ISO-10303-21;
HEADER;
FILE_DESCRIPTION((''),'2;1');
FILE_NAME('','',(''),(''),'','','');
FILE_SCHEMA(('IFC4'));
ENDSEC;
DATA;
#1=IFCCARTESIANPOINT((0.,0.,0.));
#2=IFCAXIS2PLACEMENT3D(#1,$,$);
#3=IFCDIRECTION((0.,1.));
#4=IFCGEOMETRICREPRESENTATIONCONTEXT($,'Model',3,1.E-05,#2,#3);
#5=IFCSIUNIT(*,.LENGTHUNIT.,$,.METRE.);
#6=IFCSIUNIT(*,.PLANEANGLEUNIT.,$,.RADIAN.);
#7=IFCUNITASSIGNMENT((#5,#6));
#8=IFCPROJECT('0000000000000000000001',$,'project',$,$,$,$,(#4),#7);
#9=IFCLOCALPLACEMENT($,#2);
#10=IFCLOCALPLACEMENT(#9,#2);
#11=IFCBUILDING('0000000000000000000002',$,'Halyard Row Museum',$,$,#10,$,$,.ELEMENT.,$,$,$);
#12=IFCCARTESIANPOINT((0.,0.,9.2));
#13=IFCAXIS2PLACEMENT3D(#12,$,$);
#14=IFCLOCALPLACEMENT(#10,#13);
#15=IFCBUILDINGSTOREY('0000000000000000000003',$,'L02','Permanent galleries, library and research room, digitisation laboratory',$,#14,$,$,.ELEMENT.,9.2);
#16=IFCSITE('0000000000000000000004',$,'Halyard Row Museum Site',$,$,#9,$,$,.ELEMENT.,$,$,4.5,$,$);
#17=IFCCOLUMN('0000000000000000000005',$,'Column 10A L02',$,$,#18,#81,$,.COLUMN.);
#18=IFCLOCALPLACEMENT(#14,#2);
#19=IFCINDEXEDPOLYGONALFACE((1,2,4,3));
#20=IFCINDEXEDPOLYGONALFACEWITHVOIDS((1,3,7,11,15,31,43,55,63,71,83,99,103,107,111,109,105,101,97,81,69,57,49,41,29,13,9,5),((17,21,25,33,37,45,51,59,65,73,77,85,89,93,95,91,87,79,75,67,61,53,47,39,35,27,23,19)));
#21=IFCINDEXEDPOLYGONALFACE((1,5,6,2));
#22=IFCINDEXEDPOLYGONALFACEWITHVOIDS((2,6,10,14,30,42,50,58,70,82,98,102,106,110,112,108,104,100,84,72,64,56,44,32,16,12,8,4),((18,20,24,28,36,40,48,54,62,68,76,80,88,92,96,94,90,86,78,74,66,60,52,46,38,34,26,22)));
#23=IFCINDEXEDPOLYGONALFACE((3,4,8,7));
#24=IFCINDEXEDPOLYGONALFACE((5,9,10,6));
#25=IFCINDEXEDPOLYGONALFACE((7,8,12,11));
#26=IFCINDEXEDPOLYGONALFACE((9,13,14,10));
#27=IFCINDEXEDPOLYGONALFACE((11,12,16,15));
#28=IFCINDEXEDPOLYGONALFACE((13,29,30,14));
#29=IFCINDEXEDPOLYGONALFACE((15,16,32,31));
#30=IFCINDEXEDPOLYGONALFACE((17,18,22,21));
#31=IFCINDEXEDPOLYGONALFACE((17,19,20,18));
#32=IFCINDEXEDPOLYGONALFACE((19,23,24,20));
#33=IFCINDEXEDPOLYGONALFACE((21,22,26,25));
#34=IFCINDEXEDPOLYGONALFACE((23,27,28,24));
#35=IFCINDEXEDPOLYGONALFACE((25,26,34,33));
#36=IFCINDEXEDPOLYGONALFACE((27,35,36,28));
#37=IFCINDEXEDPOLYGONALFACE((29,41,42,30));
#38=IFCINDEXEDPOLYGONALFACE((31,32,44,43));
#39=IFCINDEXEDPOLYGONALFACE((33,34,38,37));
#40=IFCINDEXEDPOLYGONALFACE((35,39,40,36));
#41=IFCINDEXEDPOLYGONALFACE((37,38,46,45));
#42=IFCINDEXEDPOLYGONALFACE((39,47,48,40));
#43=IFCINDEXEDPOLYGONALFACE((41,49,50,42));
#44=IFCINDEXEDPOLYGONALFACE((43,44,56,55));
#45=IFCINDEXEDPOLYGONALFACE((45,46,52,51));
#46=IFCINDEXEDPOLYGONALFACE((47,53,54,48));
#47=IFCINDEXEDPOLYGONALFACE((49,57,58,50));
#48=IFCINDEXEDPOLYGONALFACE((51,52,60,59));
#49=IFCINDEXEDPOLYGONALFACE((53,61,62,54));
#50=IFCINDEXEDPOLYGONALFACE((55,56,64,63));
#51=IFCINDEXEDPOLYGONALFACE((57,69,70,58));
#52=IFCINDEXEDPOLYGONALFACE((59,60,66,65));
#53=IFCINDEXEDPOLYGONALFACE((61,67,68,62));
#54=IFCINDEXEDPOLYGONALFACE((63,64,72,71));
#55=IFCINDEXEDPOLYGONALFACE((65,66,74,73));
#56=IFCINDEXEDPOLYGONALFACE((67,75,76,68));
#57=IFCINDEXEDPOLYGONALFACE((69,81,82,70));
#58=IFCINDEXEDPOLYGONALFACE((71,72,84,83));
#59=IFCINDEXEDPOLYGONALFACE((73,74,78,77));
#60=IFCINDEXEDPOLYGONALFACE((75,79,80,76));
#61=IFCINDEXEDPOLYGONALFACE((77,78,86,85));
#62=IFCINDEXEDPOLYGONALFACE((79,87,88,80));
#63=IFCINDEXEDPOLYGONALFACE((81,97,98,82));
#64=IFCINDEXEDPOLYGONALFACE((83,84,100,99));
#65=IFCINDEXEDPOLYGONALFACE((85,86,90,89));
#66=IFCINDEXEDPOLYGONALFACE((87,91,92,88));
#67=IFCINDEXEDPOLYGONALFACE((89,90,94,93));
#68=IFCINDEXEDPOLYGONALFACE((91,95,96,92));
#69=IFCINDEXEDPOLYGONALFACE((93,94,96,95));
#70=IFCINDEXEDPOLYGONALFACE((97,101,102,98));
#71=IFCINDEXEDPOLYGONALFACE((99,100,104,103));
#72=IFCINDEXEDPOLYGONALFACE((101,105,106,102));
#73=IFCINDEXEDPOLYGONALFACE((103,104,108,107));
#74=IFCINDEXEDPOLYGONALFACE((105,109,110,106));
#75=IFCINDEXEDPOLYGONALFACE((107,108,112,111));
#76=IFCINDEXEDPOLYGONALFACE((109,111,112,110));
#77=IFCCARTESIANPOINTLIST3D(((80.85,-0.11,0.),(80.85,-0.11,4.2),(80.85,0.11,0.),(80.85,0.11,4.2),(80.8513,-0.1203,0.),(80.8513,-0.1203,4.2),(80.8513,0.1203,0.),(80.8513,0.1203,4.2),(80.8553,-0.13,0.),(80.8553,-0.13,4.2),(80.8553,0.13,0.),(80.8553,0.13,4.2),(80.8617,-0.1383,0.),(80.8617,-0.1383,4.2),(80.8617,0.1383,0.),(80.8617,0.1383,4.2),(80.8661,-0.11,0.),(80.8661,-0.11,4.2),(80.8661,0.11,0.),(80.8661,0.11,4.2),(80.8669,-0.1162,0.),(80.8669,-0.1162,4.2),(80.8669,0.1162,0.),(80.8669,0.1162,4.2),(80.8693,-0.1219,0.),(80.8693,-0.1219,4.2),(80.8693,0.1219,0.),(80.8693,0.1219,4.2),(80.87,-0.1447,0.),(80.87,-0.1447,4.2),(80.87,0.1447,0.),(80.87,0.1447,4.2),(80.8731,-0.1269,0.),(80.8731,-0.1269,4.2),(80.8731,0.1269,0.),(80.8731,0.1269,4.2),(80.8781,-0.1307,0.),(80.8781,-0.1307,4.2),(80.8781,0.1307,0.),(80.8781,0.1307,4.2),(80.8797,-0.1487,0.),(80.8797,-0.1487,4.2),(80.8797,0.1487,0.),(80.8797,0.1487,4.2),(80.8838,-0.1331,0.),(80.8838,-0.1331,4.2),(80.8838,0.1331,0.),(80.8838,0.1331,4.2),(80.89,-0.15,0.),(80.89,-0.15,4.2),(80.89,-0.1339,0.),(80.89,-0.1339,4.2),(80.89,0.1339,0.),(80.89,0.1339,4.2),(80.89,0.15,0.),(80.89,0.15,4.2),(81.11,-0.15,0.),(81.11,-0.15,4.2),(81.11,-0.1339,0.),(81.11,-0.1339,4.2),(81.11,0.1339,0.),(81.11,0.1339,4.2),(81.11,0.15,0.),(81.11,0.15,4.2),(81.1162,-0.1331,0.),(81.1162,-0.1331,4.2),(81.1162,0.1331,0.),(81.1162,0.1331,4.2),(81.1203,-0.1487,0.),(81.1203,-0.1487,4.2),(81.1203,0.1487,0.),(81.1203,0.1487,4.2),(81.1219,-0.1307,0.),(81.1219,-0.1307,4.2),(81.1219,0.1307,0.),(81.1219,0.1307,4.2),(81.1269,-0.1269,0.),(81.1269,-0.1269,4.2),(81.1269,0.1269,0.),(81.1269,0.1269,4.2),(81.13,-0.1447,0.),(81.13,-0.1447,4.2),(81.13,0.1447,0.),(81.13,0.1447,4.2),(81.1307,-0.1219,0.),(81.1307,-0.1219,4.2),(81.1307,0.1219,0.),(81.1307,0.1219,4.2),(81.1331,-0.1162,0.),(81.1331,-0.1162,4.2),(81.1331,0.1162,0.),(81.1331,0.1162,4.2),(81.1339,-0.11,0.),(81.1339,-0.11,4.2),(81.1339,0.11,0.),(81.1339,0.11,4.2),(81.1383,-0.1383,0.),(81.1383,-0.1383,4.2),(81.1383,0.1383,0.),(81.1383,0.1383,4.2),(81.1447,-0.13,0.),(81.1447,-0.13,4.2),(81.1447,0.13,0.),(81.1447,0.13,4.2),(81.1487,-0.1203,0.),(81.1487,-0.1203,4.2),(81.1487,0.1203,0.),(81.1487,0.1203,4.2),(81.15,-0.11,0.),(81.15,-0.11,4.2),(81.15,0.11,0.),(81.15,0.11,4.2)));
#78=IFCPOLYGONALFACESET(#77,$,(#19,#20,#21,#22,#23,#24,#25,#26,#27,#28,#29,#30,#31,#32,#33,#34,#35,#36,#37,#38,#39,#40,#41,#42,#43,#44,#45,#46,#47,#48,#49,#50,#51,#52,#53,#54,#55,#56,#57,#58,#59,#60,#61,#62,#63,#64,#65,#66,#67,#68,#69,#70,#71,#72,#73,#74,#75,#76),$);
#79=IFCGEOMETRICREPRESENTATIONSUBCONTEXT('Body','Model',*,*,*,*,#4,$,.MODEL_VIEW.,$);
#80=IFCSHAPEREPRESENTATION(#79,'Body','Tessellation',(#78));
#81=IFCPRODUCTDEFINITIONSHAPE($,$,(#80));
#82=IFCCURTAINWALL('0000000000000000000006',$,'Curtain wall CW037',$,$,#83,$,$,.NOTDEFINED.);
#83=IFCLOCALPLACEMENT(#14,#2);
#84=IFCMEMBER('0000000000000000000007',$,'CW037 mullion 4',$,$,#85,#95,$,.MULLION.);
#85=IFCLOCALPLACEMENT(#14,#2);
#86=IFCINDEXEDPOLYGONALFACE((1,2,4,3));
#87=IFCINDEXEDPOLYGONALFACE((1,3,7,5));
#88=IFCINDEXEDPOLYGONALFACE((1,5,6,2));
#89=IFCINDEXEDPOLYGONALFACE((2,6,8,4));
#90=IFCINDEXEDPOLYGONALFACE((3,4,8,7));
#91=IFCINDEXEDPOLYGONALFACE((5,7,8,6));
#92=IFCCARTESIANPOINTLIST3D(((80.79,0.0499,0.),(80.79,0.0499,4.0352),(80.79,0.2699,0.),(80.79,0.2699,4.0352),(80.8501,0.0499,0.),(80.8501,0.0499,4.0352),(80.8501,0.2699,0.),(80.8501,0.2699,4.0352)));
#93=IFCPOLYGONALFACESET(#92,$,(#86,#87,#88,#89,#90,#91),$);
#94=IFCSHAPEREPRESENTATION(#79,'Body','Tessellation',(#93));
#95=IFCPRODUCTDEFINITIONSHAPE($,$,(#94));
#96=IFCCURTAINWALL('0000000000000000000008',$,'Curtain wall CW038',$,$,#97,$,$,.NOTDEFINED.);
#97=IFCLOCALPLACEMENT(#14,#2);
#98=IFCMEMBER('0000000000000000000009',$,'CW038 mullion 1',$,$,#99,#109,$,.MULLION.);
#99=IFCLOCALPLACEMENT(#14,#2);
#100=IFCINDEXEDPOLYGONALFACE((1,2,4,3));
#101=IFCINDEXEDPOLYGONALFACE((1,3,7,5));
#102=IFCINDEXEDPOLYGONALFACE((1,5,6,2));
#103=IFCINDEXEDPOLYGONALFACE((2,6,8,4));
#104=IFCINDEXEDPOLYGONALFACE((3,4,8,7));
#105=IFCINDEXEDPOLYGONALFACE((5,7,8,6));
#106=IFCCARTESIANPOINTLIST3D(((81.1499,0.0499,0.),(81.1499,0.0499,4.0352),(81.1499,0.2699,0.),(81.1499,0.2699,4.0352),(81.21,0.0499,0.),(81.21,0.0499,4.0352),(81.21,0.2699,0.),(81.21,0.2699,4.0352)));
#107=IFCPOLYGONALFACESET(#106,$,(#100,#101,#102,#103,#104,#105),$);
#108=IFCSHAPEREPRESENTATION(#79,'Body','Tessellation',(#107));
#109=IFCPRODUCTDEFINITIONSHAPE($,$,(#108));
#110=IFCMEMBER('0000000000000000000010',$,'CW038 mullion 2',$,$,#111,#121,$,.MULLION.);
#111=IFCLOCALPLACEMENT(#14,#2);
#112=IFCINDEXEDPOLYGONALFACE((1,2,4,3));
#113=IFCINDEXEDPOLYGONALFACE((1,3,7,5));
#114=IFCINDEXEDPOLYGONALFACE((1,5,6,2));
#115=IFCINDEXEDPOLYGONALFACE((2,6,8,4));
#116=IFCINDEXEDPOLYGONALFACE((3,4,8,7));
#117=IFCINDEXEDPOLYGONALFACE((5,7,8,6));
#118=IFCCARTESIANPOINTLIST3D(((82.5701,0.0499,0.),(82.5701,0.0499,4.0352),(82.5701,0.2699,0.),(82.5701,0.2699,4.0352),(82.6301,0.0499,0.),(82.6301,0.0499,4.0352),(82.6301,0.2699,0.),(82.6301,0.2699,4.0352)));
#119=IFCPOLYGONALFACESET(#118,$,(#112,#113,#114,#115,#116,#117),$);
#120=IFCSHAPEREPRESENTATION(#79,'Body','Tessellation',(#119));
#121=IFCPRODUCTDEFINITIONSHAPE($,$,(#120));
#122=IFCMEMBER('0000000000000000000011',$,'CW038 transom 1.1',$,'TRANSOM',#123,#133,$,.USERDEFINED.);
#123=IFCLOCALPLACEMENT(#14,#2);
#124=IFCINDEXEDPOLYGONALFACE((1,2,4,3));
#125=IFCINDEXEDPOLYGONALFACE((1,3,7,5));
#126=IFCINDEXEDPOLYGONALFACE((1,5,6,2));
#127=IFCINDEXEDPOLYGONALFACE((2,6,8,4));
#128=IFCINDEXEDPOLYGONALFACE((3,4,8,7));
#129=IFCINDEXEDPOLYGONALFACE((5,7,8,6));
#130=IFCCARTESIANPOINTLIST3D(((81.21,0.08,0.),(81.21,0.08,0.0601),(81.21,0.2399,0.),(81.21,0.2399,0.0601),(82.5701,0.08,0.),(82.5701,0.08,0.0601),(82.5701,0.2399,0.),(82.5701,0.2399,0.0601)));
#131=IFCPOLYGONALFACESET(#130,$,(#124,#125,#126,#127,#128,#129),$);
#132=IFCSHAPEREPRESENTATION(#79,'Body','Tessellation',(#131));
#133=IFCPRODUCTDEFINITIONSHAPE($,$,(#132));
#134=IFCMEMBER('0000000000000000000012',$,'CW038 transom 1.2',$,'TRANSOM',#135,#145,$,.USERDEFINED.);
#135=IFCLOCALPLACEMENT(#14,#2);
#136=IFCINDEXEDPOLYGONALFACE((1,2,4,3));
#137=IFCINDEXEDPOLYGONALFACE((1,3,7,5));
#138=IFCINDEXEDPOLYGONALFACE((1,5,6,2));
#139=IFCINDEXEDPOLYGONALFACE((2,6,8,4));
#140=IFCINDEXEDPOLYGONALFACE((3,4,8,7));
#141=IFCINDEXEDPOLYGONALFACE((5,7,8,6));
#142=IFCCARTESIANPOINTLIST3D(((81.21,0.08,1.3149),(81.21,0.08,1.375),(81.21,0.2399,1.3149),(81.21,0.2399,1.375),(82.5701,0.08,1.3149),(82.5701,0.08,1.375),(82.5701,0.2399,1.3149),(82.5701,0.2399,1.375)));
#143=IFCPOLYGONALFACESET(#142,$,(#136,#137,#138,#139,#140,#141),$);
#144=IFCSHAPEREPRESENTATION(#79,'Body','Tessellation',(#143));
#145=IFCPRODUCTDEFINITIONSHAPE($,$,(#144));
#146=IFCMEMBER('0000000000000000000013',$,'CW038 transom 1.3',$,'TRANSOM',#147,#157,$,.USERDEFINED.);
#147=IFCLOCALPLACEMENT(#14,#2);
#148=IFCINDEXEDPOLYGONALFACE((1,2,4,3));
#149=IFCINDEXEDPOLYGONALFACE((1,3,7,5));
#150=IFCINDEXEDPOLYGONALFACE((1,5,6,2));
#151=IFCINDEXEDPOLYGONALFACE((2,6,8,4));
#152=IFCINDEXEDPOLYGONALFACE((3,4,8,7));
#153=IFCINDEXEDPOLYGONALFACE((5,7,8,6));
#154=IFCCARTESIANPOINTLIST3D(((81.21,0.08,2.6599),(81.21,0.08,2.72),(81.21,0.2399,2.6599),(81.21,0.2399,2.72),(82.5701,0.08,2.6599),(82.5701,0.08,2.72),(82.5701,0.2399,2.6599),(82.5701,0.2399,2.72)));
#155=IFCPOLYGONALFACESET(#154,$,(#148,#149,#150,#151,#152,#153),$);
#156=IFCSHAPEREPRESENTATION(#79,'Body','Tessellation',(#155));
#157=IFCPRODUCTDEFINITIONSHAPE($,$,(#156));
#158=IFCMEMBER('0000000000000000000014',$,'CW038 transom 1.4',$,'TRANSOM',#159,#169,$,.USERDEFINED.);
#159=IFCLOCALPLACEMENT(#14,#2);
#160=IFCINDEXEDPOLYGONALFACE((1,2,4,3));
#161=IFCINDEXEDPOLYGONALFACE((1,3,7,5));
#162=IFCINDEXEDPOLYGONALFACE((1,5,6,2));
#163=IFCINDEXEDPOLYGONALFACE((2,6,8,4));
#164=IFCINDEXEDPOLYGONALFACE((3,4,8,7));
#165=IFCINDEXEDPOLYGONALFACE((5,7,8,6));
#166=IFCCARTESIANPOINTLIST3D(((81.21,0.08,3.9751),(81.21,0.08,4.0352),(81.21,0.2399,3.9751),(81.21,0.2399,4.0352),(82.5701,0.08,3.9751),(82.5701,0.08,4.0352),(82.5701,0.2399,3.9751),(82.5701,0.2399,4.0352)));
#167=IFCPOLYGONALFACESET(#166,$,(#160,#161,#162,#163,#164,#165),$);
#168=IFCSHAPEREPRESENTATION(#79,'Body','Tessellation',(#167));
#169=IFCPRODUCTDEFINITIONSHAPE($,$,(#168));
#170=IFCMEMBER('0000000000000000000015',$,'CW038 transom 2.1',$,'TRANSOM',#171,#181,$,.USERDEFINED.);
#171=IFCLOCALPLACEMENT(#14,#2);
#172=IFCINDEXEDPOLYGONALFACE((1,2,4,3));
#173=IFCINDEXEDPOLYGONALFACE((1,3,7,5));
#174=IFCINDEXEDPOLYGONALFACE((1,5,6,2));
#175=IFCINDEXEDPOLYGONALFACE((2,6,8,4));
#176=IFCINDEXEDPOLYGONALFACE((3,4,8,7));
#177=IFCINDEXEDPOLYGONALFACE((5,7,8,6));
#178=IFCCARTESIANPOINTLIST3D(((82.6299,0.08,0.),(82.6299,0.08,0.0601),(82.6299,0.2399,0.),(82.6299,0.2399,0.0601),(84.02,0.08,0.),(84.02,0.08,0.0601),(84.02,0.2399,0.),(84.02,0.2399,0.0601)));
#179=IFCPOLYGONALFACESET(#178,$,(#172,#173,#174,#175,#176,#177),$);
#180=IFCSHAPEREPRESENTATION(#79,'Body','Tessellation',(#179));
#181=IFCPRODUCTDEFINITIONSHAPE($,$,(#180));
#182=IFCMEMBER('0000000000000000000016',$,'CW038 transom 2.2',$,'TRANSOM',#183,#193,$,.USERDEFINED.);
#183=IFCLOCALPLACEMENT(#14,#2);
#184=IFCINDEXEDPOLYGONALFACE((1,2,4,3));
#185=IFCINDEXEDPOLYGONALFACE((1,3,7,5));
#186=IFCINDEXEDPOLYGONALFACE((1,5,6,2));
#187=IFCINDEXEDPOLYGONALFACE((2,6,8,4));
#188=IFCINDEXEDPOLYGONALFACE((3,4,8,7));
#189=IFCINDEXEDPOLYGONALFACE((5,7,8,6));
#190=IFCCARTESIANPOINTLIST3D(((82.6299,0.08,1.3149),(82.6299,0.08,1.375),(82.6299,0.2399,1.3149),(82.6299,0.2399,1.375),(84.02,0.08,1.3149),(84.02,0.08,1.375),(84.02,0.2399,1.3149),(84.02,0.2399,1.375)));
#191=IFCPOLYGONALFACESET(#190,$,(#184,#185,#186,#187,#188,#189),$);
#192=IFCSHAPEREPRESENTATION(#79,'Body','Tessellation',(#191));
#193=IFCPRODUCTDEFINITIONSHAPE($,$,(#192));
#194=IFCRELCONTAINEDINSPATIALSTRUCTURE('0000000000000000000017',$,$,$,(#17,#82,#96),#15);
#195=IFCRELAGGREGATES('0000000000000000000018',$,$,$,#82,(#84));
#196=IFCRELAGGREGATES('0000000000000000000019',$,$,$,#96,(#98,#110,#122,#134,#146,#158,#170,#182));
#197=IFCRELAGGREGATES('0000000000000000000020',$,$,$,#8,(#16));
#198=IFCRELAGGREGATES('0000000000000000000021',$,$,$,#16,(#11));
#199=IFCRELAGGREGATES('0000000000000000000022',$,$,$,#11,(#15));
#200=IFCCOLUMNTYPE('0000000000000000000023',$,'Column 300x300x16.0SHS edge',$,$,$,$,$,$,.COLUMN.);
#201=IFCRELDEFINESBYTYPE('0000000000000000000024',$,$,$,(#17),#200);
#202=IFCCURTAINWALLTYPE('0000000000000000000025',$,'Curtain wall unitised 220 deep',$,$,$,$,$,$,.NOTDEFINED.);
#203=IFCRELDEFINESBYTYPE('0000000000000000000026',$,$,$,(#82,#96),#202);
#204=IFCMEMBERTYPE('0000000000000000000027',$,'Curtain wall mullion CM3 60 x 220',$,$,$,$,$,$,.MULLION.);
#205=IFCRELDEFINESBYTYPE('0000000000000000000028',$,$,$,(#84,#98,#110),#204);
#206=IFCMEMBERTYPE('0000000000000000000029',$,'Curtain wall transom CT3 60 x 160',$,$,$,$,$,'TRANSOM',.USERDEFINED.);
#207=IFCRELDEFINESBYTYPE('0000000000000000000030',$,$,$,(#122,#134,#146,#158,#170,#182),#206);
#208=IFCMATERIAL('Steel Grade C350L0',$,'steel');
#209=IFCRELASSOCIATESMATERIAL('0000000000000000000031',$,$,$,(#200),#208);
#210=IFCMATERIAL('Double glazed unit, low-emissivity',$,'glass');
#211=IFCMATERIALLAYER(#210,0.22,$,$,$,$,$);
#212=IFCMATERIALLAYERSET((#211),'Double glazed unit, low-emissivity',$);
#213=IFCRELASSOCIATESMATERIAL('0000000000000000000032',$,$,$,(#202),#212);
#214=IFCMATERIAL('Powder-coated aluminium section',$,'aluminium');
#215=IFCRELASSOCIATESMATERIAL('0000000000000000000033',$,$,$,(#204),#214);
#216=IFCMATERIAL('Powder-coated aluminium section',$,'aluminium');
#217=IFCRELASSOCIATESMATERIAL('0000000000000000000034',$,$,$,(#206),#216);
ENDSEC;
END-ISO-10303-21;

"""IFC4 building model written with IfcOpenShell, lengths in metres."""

from ifc_helpers import new_model, si_unit, direction, frame, origin, origin_2d, place, context, subcontext, project, spatial, rectangle, hollow_rectangle, extrude, material, layer, layer_set, material_profile, profile_set, type_object, element, aggregate, save


model = new_model("IFC4")

# Units and contexts
model_context = context("Model", 3, precision=1e-05, world=origin(), true_north=direction((0.0, 1.0)))
body_context = subcontext(model_context, "Body", "Model", "MODEL_VIEW")
ifc_project = project(units=[si_unit("LENGTHUNIT", "METRE"), si_unit("PLANEANGLEUNIT", "RADIAN")], contexts=[model_context])

# Site, building, storey
site_placement = place(None, origin())
site = spatial("IfcSite", under=ifc_project, at=site_placement, Name="Halyard Row Museum Site", CompositionType="ELEMENT", RefElevation=4.5)
building_placement = place(site_placement, origin())
building = spatial("IfcBuilding", under=site, at=building_placement, Name="Halyard Row Museum", CompositionType="ELEMENT")
storey_placement = place(building_placement, frame((0.0, 0.0, 9.2)))
storey = spatial("IfcBuildingStorey", under=building, at=storey_placement, Name="L02", Description="Permanent galleries, library and research room, digitisation laboratory", CompositionType="ELEMENT", Elevation=9.2)

# Column
ifc_material_1 = material(Name="Steel Grade C350L0", Category="steel")
ifc_material_profile_1 = material_profile(ifc_material_1, hollow_rectangle(XDim=0.3, YDim=0.3, WallThickness=0.0161, InnerFilletRadius=0.0239, OuterFilletRadius=0.04, at=origin_2d()), Name="300x300x16.0SHS")
ifc_profile_set_1 = profile_set([ifc_material_profile_1], Name="Steel Grade C350L0")
column_type = type_object("IfcColumnType", Name="Column 300x300x16.0SHS edge", PredefinedType="COLUMN", material=ifc_profile_set_1)
column_placement = place(storey_placement, frame((81.0, 0.0, 0.0), z_axis=(0.0, 0.0, 1.0), x_axis=(1.0, 0.0, 0.0)))
element("IfcColumn", 1, at=column_placement, inside=storey, type_object=column_type, Name="Column 10A L02", PredefinedType="COLUMN", context=body_context, shape_type="SweptSolid", body=[
    extrude(hollow_rectangle(XDim=0.3, YDim=0.3, WallThickness=0.0161, InnerFilletRadius=0.0239, OuterFilletRadius=0.04, at=origin_2d()), origin(), (0.0, 0.0, 1.0), 4.2),
])

# Curtain wall, member
ifc_material_2 = material(Name="Double glazed unit, low-emissivity", Category="glass")
ifc_layer_1 = layer(ifc_material_2, 0.22)
ifc_layer_set_1 = layer_set([ifc_layer_1], Name="Double glazed unit, low-emissivity")
curtain_wall_type = type_object("IfcCurtainWallType", Name="Curtain wall unitised 220 deep", PredefinedType="NOTDEFINED", material=ifc_layer_set_1)
curtain_wall_1_placement = place(storey_placement, origin())
curtain_wall_1 = element("IfcCurtainWall", 2, at=curtain_wall_1_placement, inside=storey, type_object=curtain_wall_type, Name="Curtain wall CW037", PredefinedType="NOTDEFINED")
ifc_material_3 = material(Name="Powder-coated aluminium section", Category="aluminium")
ifc_material_profile_2 = material_profile(ifc_material_3, rectangle(XDim=0.22, YDim=0.0601, at=origin_2d()), Name="220x60 mullion")
ifc_profile_set_2 = profile_set([ifc_material_profile_2], Name="Powder-coated aluminium section")
member_type_1 = type_object("IfcMemberType", Name="Curtain wall mullion CM3 60 x 220", PredefinedType="MULLION", material=ifc_profile_set_2)
member_1_placement = place(storey_placement, frame((80.8201, 0.1599, 0.0), z_axis=(0.0, 0.0, 1.0), x_axis=(0.0, 1.0, 0.0)))
member_1 = element("IfcMember", 3, at=member_1_placement, type_object=member_type_1, Name="CW037 mullion 4", PredefinedType="MULLION", context=body_context, shape_type="SweptSolid", body=[
    extrude(rectangle(XDim=0.22, YDim=0.0601, at=origin_2d()), origin(), (0.0, 0.0, 1.0), 4.0352),
])
aggregate(curtain_wall_1, [member_1])

# Curtain wall, members
curtain_wall_2_placement = place(storey_placement, origin())
curtain_wall_2 = element("IfcCurtainWall", 4, at=curtain_wall_2_placement, inside=storey, type_object=curtain_wall_type, Name="Curtain wall CW038", PredefinedType="NOTDEFINED")
member_2_placement = place(storey_placement, frame((81.1799, 0.1599, 0.0), z_axis=(0.0, 0.0, 1.0), x_axis=(0.0, 1.0, 0.0)))
member_2 = element("IfcMember", 5, at=member_2_placement, type_object=member_type_1, Name="CW038 mullion 1", PredefinedType="MULLION", context=body_context, shape_type="SweptSolid", body=[
    extrude(rectangle(XDim=0.22, YDim=0.0601, at=origin_2d()), origin(), (0.0, 0.0, 1.0), 4.0352),
])
member_3_placement = place(storey_placement, frame((82.6001, 0.1599, 0.0), z_axis=(0.0, 0.0, 1.0), x_axis=(0.0, 1.0, 0.0)))
member_3 = element("IfcMember", 6, at=member_3_placement, type_object=member_type_1, Name="CW038 mullion 2", PredefinedType="MULLION", context=body_context, shape_type="SweptSolid", body=[
    extrude(rectangle(XDim=0.22, YDim=0.0601, at=origin_2d()), origin(), (0.0, 0.0, 1.0), 4.0352),
])
ifc_material_4 = material(Name="Powder-coated aluminium section", Category="aluminium")
ifc_material_profile_3 = material_profile(ifc_material_4, rectangle(XDim=0.1599, YDim=0.0601, at=origin_2d()), Name="160x60 transom")
ifc_profile_set_3 = profile_set([ifc_material_profile_3], Name="Powder-coated aluminium section")
member_type_2 = type_object("IfcMemberType", Name="Curtain wall transom CT3 60 x 160", ElementType="TRANSOM", PredefinedType="USERDEFINED", material=ifc_profile_set_3)
member_4_placement = place(storey_placement, frame((81.21, 0.1599, 0.03), z_axis=(1.0, 0.0, 0.0), x_axis=(0.0, 1.0, 0.0)))
member_4 = element("IfcMember", 7, at=member_4_placement, type_object=member_type_2, Name="CW038 transom 1.1", ObjectType="TRANSOM", PredefinedType="USERDEFINED", context=body_context, shape_type="SweptSolid", body=[
    extrude(rectangle(XDim=0.1599, YDim=0.0601, at=origin_2d()), origin(), (0.0, 0.0, 1.0), 1.3601),
])
member_5_placement = place(storey_placement, frame((81.21, 0.1599, 1.345), z_axis=(1.0, 0.0, 0.0), x_axis=(0.0, 1.0, 0.0)))
member_5 = element("IfcMember", 8, at=member_5_placement, type_object=member_type_2, Name="CW038 transom 1.2", ObjectType="TRANSOM", PredefinedType="USERDEFINED", context=body_context, shape_type="SweptSolid", body=[
    extrude(rectangle(XDim=0.1599, YDim=0.0601, at=origin_2d()), origin(), (0.0, 0.0, 1.0), 1.3601),
])
member_6_placement = place(storey_placement, frame((81.21, 0.1599, 2.6899), z_axis=(1.0, 0.0, 0.0), x_axis=(0.0, 1.0, 0.0)))
member_6 = element("IfcMember", 9, at=member_6_placement, type_object=member_type_2, Name="CW038 transom 1.3", ObjectType="TRANSOM", PredefinedType="USERDEFINED", context=body_context, shape_type="SweptSolid", body=[
    extrude(rectangle(XDim=0.1599, YDim=0.0601, at=origin_2d()), origin(), (0.0, 0.0, 1.0), 1.3601),
])
member_7_placement = place(storey_placement, frame((81.21, 0.1599, 4.0051), z_axis=(1.0, 0.0, 0.0), x_axis=(0.0, 1.0, 0.0)))
member_7 = element("IfcMember", 10, at=member_7_placement, type_object=member_type_2, Name="CW038 transom 1.4", ObjectType="TRANSOM", PredefinedType="USERDEFINED", context=body_context, shape_type="SweptSolid", body=[
    extrude(rectangle(XDim=0.1599, YDim=0.0601, at=origin_2d()), origin(), (0.0, 0.0, 1.0), 1.3601),
])
member_8_placement = place(storey_placement, frame((82.6299, 0.1599, 0.03), z_axis=(1.0, 0.0, 0.0), x_axis=(0.0, 1.0, 0.0)))
member_8 = element("IfcMember", 11, at=member_8_placement, type_object=member_type_2, Name="CW038 transom 2.1", ObjectType="TRANSOM", PredefinedType="USERDEFINED", context=body_context, shape_type="SweptSolid", body=[
    extrude(rectangle(XDim=0.1599, YDim=0.0601, at=origin_2d()), origin(), (0.0, 0.0, 1.0), 1.3901),
])
member_9_placement = place(storey_placement, frame((82.6299, 0.1599, 1.345), z_axis=(1.0, 0.0, 0.0), x_axis=(0.0, 1.0, 0.0)))
member_9 = element("IfcMember", 12, at=member_9_placement, type_object=member_type_2, Name="CW038 transom 2.2", ObjectType="TRANSOM", PredefinedType="USERDEFINED", context=body_context, shape_type="SweptSolid", body=[
    extrude(rectangle(XDim=0.1599, YDim=0.0601, at=origin_2d()), origin(), (0.0, 0.0, 1.0), 1.3901),
])

aggregate(curtain_wall_2, [member_2, member_3, member_4, member_5, member_6, member_7, member_8, member_9])

save(model, "model.ifc")
